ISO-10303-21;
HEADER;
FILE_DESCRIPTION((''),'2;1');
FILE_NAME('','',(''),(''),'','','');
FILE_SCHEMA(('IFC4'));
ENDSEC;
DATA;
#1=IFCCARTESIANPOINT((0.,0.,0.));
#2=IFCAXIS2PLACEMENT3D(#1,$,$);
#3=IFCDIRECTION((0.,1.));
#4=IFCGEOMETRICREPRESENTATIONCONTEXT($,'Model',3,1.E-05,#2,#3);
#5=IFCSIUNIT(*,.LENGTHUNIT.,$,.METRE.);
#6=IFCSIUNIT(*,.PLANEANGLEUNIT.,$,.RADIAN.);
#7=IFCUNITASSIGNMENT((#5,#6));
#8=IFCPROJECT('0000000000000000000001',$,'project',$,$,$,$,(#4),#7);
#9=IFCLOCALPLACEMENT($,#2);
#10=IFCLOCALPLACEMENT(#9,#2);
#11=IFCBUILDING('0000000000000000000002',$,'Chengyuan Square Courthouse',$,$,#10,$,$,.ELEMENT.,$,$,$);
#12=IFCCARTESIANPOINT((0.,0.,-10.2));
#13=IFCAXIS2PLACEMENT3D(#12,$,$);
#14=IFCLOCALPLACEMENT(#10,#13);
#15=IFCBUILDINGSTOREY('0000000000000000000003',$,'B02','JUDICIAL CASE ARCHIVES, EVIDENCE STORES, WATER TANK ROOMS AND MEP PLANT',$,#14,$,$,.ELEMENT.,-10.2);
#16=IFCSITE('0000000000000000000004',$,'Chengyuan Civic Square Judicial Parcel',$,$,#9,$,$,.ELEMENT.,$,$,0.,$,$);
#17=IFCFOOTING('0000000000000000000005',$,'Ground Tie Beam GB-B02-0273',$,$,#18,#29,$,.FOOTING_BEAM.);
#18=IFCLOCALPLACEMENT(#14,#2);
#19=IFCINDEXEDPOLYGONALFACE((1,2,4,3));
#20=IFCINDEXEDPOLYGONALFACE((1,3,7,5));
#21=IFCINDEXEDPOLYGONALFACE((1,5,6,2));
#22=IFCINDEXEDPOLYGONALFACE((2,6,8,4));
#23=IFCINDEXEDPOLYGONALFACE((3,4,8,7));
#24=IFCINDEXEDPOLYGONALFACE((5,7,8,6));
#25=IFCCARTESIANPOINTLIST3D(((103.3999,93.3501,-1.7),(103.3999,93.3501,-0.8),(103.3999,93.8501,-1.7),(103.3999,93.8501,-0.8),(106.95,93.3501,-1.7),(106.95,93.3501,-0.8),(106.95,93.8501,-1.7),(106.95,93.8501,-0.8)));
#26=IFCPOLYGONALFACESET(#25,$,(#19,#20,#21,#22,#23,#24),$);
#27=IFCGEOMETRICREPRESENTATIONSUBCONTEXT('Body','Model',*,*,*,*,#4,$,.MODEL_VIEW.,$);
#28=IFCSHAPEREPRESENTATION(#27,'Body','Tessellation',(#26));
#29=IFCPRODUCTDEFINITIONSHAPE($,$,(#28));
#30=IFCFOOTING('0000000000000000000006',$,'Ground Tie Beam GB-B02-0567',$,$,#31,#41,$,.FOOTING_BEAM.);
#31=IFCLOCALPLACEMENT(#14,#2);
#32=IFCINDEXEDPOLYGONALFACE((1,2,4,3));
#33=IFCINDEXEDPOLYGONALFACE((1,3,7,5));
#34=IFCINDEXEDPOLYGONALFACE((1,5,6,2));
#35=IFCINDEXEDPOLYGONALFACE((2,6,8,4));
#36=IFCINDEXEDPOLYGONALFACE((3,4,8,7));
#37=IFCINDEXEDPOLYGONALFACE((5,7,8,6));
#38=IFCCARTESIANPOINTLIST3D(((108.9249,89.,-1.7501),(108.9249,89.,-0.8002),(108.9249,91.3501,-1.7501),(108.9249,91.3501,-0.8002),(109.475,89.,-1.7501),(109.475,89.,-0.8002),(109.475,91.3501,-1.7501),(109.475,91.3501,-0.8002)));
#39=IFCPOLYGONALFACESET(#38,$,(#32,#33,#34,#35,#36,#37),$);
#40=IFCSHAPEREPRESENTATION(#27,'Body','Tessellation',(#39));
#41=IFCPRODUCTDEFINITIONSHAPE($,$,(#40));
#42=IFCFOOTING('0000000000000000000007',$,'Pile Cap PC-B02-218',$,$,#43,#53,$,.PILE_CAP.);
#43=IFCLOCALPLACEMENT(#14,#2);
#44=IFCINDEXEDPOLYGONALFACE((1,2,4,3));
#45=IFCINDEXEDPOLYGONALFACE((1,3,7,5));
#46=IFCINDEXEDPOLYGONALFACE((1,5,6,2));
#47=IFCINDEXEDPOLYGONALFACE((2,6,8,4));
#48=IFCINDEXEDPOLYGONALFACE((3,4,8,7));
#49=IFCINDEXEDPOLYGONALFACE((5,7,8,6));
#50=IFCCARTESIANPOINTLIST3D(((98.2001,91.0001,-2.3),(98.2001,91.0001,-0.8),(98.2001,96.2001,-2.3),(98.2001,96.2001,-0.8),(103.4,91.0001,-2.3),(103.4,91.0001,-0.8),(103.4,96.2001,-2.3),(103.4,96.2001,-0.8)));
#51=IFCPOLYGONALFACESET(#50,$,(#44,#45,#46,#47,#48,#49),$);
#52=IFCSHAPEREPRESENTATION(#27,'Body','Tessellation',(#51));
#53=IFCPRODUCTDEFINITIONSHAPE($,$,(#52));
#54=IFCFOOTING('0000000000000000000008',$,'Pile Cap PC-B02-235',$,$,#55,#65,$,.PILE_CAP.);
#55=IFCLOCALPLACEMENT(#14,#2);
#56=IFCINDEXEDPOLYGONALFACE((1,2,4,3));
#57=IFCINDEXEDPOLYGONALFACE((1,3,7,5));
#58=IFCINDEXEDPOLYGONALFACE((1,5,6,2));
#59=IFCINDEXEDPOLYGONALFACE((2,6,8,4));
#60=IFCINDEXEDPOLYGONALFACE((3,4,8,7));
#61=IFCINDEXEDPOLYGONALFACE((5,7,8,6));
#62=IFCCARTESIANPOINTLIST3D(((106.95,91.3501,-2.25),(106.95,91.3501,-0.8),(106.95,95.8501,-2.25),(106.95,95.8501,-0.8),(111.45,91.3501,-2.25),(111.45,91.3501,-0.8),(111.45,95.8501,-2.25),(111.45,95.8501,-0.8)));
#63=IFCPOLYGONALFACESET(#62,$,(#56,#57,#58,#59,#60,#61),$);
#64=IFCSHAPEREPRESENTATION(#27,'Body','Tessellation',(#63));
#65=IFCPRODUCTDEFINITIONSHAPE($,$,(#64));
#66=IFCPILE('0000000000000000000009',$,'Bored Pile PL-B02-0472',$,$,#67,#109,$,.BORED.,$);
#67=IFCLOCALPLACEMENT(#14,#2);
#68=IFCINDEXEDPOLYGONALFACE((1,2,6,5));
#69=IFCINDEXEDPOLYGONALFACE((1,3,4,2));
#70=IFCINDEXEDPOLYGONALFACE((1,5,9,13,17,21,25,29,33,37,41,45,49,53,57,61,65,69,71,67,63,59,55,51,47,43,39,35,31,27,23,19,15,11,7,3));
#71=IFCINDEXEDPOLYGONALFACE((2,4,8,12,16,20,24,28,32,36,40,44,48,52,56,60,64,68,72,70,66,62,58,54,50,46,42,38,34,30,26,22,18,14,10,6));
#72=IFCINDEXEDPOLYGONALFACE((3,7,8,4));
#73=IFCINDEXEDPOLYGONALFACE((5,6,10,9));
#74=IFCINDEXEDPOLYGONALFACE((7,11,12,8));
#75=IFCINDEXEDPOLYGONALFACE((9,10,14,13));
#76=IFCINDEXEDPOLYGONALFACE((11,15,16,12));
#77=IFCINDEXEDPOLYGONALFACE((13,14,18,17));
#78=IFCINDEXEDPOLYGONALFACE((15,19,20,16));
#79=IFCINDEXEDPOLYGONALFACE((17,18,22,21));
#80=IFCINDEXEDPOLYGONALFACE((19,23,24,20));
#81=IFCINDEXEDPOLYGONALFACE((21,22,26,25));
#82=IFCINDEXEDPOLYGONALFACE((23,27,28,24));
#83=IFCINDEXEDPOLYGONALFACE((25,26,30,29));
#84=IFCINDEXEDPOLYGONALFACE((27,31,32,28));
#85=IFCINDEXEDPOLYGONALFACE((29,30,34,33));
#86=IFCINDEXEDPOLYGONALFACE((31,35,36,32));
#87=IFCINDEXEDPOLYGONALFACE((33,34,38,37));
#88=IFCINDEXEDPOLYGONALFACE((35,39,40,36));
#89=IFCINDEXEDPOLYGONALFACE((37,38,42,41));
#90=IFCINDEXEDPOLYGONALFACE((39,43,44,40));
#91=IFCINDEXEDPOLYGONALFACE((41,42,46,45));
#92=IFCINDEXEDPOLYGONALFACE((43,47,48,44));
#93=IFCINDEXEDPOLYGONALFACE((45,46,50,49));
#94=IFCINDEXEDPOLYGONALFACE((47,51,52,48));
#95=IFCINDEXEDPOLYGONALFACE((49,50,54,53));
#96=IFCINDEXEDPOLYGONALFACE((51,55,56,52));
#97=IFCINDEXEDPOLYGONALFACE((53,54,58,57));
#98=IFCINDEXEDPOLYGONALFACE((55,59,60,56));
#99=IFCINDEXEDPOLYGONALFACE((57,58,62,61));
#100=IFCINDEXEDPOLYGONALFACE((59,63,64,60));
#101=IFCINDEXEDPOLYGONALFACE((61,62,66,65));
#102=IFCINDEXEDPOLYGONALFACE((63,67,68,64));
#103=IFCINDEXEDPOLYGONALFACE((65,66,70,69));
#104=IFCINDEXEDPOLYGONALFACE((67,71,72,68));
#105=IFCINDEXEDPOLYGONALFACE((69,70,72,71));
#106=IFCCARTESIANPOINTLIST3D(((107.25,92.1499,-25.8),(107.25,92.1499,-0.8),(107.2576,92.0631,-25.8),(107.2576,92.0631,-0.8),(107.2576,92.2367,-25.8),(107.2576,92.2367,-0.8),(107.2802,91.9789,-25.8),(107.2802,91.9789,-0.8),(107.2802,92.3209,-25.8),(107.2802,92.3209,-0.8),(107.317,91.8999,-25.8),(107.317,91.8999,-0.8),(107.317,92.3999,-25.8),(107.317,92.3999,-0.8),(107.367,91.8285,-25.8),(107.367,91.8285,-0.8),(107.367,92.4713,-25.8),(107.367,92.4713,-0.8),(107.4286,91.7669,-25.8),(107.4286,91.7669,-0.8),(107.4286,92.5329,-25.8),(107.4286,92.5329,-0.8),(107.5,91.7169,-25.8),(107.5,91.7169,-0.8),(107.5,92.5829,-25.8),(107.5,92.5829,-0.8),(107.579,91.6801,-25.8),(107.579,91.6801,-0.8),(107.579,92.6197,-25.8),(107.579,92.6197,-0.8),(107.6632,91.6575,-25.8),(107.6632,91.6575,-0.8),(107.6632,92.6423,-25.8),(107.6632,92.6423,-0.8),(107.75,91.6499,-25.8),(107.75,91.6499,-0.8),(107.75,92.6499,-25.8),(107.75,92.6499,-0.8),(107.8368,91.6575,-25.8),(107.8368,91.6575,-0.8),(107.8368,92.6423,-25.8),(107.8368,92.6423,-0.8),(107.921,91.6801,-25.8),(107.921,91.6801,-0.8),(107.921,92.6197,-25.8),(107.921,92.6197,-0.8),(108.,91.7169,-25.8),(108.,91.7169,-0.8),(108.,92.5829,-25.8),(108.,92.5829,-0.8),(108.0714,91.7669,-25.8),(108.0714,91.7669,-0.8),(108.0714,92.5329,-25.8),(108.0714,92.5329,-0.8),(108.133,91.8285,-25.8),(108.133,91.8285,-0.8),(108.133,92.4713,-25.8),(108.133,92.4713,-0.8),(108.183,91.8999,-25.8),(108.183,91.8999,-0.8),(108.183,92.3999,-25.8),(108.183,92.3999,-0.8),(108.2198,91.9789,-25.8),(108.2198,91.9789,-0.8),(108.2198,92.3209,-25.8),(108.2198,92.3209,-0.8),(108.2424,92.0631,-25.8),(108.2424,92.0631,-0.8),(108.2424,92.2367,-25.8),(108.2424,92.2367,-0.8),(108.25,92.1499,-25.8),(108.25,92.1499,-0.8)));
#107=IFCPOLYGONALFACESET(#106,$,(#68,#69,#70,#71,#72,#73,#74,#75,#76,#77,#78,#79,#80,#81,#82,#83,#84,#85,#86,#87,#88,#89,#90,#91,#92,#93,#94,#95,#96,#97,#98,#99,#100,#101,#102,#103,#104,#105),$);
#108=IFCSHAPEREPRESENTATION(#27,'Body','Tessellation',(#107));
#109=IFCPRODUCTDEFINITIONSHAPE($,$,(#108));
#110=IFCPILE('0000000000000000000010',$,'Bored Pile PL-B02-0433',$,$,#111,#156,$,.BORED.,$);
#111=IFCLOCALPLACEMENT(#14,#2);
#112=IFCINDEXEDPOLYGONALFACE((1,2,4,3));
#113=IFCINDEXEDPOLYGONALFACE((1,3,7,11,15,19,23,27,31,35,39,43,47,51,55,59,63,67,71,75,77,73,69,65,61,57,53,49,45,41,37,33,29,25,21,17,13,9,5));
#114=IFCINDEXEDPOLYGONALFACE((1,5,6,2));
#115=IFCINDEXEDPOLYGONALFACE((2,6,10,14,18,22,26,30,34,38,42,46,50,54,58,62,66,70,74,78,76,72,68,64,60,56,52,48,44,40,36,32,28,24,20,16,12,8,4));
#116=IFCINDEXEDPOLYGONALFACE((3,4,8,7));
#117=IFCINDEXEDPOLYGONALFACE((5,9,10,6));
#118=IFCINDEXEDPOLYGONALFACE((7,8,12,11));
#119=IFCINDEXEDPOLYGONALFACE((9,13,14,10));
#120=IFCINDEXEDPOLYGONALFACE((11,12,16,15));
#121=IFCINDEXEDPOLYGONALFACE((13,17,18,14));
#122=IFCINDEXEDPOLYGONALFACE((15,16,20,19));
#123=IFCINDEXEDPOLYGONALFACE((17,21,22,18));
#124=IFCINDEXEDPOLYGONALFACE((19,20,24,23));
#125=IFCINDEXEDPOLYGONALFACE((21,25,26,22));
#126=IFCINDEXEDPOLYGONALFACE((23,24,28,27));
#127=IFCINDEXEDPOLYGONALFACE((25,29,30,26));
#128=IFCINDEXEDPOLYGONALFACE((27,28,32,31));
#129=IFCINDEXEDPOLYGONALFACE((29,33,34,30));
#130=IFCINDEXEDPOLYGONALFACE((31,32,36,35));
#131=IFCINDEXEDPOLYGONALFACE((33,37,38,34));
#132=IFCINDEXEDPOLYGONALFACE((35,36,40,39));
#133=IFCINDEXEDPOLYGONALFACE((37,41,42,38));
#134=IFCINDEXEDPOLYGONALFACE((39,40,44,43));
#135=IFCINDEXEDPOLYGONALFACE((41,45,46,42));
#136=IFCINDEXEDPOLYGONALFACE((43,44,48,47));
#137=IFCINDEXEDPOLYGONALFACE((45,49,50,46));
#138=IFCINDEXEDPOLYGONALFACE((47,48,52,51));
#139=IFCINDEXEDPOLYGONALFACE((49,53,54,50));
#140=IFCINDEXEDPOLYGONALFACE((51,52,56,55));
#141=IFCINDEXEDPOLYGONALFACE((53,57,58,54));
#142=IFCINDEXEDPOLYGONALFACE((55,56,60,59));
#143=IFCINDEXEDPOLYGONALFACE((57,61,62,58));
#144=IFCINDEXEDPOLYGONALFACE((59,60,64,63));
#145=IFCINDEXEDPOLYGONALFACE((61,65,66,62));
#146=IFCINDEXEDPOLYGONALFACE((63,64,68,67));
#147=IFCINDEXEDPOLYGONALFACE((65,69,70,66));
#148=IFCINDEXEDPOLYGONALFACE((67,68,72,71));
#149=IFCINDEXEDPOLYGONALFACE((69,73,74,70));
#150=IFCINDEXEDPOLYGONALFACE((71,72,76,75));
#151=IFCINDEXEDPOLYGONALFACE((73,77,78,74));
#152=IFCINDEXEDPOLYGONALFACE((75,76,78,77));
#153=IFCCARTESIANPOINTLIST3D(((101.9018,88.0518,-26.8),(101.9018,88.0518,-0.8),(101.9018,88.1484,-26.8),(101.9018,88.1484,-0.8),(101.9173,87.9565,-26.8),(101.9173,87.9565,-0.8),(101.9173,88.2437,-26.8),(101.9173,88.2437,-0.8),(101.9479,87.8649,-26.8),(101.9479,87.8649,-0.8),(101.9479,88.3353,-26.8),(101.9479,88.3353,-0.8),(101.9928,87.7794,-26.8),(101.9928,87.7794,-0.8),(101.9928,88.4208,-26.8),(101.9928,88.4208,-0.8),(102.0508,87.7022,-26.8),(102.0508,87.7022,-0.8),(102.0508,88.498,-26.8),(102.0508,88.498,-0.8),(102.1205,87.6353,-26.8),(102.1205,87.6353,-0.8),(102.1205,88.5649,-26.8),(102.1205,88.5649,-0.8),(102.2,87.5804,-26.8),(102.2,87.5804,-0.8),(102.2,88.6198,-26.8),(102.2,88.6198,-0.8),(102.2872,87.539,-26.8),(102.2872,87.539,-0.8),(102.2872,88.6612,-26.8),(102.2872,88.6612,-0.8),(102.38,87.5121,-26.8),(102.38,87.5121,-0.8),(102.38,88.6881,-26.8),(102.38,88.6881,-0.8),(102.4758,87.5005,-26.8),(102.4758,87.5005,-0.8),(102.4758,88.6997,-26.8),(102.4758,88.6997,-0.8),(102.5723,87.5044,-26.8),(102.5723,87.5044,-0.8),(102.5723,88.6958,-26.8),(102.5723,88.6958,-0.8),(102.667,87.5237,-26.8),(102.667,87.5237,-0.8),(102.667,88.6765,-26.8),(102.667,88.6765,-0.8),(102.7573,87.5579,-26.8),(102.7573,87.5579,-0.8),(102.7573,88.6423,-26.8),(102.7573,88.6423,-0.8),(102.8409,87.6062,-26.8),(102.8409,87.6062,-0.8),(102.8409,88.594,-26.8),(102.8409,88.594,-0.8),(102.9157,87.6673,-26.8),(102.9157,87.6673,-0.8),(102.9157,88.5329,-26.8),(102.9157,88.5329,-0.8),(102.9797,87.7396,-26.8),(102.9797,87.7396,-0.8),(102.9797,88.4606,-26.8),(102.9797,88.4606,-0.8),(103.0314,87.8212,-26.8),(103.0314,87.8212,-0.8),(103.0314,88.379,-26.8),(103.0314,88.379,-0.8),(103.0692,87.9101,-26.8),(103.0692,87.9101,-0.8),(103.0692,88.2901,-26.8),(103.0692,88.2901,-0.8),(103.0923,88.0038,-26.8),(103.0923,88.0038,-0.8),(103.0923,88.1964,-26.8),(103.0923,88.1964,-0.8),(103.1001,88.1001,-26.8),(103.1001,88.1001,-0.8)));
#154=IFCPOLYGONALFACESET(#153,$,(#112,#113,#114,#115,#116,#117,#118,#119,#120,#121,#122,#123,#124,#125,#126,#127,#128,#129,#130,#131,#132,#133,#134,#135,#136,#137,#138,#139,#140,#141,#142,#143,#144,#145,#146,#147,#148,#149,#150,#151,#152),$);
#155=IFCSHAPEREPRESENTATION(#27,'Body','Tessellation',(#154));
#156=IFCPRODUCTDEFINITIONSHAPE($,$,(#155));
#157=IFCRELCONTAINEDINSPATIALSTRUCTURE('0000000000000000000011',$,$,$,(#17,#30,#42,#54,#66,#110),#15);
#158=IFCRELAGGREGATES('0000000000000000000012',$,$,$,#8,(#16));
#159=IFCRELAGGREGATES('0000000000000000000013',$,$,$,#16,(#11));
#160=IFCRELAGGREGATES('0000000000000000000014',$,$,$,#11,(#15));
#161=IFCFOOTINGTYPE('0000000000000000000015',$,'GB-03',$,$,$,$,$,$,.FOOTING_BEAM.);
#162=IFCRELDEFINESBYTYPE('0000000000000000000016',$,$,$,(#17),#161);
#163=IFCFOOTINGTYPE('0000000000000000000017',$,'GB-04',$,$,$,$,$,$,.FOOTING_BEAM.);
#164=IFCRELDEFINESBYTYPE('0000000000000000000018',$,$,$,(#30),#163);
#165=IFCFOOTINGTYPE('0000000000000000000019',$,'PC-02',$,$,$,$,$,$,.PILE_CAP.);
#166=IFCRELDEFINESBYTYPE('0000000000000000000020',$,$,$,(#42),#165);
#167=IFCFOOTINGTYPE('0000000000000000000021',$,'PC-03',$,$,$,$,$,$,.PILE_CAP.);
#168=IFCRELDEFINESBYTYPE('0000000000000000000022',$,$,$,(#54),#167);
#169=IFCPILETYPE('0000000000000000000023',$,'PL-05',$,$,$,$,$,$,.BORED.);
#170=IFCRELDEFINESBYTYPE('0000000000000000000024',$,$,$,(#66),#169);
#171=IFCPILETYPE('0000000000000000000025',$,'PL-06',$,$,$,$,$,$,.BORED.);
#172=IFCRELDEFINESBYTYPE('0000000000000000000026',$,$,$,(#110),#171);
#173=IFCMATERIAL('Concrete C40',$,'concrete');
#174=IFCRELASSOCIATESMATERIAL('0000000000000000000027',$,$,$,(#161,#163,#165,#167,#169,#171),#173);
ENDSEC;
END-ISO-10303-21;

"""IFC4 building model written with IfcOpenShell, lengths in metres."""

from ifc_helpers import new_model, si_unit, direction, frame, origin, origin_2d, place, context, subcontext, project, spatial, rectangle, circle, extrude, material, material_profile, profile_set, type_object, element, save


model = new_model("IFC4")

# Units and contexts
model_context = context("Model", 3, precision=1e-05, world=origin(), true_north=direction((0.0, 1.0)))
body_context = subcontext(model_context, "Body", "Model", "MODEL_VIEW")
ifc_project = project(units=[si_unit("LENGTHUNIT", "METRE"), si_unit("PLANEANGLEUNIT", "RADIAN")], contexts=[model_context])

# Site, building, storey
site_placement = place(None, origin())
site = spatial("IfcSite", under=ifc_project, at=site_placement, Name="Chengyuan Civic Square Judicial Parcel", CompositionType="ELEMENT", RefElevation=0.0)
building_placement = place(site_placement, origin())
building = spatial("IfcBuilding", under=site, at=building_placement, Name="Chengyuan Square Courthouse", CompositionType="ELEMENT")
storey_placement = place(building_placement, frame((0.0, 0.0, -10.2)))
storey = spatial("IfcBuildingStorey", under=building, at=storey_placement, Name="B02", Description="JUDICIAL CASE ARCHIVES, EVIDENCE STORES, WATER TANK ROOMS AND MEP PLANT", CompositionType="ELEMENT", Elevation=-10.2)

# Footings
ifc_material_1 = material(Name="Concrete C40", Category="concrete")
ifc_material_profile_1 = material_profile(ifc_material_1, rectangle(XDim=0.5, YDim=0.8999, at=origin_2d()), Name="GB-500x900")
ifc_profile_set_1 = profile_set([ifc_material_profile_1], Name="Concrete C40")
footing_type_1 = type_object("IfcFootingType", Name="GB-03", PredefinedType="FOOTING_BEAM", material=ifc_profile_set_1)
footing_1_placement = place(storey_placement, frame((103.3999, 93.6001, -1.25), z_axis=(1.0, 0.0, 0.0), x_axis=(0.0, 1.0, 0.0)))
element("IfcFooting", 1, at=footing_1_placement, inside=storey, type_object=footing_type_1, Name="Ground Tie Beam GB-B02-0273", PredefinedType="FOOTING_BEAM", context=body_context, shape_type="SweptSolid", body=[
    extrude(rectangle(XDim=0.5, YDim=0.8999, at=origin_2d()), origin(), (0.0, 0.0, 1.0), 3.55),
])
ifc_material_profile_2 = material_profile(ifc_material_1, rectangle(XDim=0.55, YDim=0.95, at=origin_2d()), Name="GB-550x950")
ifc_profile_set_2 = profile_set([ifc_material_profile_2], Name="Concrete C40")
footing_type_2 = type_object("IfcFootingType", Name="GB-04", PredefinedType="FOOTING_BEAM", material=ifc_profile_set_2)
footing_2_placement = place(storey_placement, frame((109.2, 89.0, -1.2751), z_axis=(0.0, 1.0, 0.0), x_axis=(-1.0, 0.0, 0.0)))
element("IfcFooting", 2, at=footing_2_placement, inside=storey, type_object=footing_type_2, Name="Ground Tie Beam GB-B02-0567", PredefinedType="FOOTING_BEAM", context=body_context, shape_type="SweptSolid", body=[
    extrude(rectangle(XDim=0.55, YDim=0.95, at=origin_2d()), origin(), (0.0, 0.0, 1.0), 2.3501),
])
footing_type_3 = type_object("IfcFootingType", Name="PC-02", PredefinedType="PILE_CAP", material=ifc_material_1)
footing_3_placement = place(storey_placement, frame((100.8, 93.6001, -2.3), z_axis=(0.0, 0.0, 1.0), x_axis=(1.0, 0.0, 0.0)))
element("IfcFooting", 3, at=footing_3_placement, inside=storey, type_object=footing_type_3, Name="Pile Cap PC-B02-218", PredefinedType="PILE_CAP", context=body_context, shape_type="SweptSolid", body=[
    extrude(rectangle(XDim=5.2, YDim=5.2, at=origin_2d()), origin(), (0.0, 0.0, 1.0), 1.5),
])
footing_type_4 = type_object("IfcFootingType", Name="PC-03", PredefinedType="PILE_CAP", material=ifc_material_1)
footing_4_placement = place(storey_placement, frame((109.2, 93.6001, -2.25), z_axis=(0.0, 0.0, 1.0), x_axis=(1.0, 0.0, 0.0)))
element("IfcFooting", 4, at=footing_4_placement, inside=storey, type_object=footing_type_4, Name="Pile Cap PC-B02-235", PredefinedType="PILE_CAP", context=body_context, shape_type="SweptSolid", body=[
    extrude(rectangle(XDim=4.5, YDim=4.5, at=origin_2d()), origin(), (0.0, 0.0, 1.0), 1.45),
])

# Piles
ifc_material_profile_3 = material_profile(ifc_material_1, circle(Radius=0.5, at=origin_2d()), Name="BORED PILE D1000")
ifc_profile_set_3 = profile_set([ifc_material_profile_3], Name="Concrete C40")
pile_type_1 = type_object("IfcPileType", Name="PL-05", PredefinedType="BORED", material=ifc_profile_set_3)
pile_placement = place(storey_placement, frame((107.75, 92.1499, -0.8), z_axis=(0.0, 0.0, -1.0), x_axis=(1.0, 0.0, 0.0)))
element("IfcPile", 5, at=pile_placement, inside=storey, type_object=pile_type_1, Name="Bored Pile PL-B02-0472", PredefinedType="BORED", context=body_context, shape_type="SweptSolid", body=[
    extrude(circle(Radius=0.5, at=origin_2d()), origin(), (0.0, 0.0, 1.0), 25.0),
])
ifc_material_profile_4 = material_profile(ifc_material_1, circle(Radius=0.6001, at=origin_2d()), Name="BORED PILE D1200")
ifc_profile_set_4 = profile_set([ifc_material_profile_4], Name="Concrete C40")
pile_type_2 = type_object("IfcPileType", Name="PL-06", PredefinedType="BORED", material=ifc_profile_set_4)
for number, where, z_axis, x_axis, name in (
    (6, (102.5, 88.1001, -0.8), (0.0, 0.0, -1.0), (1.0, 0.0, 0.0), "Bored Pile PL-B02-0433"),
):
    element("IfcPile", number, at=place(storey_placement, frame(where, z_axis=z_axis, x_axis=x_axis)), inside=storey, type_object=pile_type_2, Name=name, PredefinedType="BORED", context=body_context, shape_type="SweptSolid", body=[
        extrude(circle(Radius=0.6001, at=origin_2d()), origin(), (0.0, 0.0, 1.0), 26.0),
    ])

save(model, "model.ifc")
